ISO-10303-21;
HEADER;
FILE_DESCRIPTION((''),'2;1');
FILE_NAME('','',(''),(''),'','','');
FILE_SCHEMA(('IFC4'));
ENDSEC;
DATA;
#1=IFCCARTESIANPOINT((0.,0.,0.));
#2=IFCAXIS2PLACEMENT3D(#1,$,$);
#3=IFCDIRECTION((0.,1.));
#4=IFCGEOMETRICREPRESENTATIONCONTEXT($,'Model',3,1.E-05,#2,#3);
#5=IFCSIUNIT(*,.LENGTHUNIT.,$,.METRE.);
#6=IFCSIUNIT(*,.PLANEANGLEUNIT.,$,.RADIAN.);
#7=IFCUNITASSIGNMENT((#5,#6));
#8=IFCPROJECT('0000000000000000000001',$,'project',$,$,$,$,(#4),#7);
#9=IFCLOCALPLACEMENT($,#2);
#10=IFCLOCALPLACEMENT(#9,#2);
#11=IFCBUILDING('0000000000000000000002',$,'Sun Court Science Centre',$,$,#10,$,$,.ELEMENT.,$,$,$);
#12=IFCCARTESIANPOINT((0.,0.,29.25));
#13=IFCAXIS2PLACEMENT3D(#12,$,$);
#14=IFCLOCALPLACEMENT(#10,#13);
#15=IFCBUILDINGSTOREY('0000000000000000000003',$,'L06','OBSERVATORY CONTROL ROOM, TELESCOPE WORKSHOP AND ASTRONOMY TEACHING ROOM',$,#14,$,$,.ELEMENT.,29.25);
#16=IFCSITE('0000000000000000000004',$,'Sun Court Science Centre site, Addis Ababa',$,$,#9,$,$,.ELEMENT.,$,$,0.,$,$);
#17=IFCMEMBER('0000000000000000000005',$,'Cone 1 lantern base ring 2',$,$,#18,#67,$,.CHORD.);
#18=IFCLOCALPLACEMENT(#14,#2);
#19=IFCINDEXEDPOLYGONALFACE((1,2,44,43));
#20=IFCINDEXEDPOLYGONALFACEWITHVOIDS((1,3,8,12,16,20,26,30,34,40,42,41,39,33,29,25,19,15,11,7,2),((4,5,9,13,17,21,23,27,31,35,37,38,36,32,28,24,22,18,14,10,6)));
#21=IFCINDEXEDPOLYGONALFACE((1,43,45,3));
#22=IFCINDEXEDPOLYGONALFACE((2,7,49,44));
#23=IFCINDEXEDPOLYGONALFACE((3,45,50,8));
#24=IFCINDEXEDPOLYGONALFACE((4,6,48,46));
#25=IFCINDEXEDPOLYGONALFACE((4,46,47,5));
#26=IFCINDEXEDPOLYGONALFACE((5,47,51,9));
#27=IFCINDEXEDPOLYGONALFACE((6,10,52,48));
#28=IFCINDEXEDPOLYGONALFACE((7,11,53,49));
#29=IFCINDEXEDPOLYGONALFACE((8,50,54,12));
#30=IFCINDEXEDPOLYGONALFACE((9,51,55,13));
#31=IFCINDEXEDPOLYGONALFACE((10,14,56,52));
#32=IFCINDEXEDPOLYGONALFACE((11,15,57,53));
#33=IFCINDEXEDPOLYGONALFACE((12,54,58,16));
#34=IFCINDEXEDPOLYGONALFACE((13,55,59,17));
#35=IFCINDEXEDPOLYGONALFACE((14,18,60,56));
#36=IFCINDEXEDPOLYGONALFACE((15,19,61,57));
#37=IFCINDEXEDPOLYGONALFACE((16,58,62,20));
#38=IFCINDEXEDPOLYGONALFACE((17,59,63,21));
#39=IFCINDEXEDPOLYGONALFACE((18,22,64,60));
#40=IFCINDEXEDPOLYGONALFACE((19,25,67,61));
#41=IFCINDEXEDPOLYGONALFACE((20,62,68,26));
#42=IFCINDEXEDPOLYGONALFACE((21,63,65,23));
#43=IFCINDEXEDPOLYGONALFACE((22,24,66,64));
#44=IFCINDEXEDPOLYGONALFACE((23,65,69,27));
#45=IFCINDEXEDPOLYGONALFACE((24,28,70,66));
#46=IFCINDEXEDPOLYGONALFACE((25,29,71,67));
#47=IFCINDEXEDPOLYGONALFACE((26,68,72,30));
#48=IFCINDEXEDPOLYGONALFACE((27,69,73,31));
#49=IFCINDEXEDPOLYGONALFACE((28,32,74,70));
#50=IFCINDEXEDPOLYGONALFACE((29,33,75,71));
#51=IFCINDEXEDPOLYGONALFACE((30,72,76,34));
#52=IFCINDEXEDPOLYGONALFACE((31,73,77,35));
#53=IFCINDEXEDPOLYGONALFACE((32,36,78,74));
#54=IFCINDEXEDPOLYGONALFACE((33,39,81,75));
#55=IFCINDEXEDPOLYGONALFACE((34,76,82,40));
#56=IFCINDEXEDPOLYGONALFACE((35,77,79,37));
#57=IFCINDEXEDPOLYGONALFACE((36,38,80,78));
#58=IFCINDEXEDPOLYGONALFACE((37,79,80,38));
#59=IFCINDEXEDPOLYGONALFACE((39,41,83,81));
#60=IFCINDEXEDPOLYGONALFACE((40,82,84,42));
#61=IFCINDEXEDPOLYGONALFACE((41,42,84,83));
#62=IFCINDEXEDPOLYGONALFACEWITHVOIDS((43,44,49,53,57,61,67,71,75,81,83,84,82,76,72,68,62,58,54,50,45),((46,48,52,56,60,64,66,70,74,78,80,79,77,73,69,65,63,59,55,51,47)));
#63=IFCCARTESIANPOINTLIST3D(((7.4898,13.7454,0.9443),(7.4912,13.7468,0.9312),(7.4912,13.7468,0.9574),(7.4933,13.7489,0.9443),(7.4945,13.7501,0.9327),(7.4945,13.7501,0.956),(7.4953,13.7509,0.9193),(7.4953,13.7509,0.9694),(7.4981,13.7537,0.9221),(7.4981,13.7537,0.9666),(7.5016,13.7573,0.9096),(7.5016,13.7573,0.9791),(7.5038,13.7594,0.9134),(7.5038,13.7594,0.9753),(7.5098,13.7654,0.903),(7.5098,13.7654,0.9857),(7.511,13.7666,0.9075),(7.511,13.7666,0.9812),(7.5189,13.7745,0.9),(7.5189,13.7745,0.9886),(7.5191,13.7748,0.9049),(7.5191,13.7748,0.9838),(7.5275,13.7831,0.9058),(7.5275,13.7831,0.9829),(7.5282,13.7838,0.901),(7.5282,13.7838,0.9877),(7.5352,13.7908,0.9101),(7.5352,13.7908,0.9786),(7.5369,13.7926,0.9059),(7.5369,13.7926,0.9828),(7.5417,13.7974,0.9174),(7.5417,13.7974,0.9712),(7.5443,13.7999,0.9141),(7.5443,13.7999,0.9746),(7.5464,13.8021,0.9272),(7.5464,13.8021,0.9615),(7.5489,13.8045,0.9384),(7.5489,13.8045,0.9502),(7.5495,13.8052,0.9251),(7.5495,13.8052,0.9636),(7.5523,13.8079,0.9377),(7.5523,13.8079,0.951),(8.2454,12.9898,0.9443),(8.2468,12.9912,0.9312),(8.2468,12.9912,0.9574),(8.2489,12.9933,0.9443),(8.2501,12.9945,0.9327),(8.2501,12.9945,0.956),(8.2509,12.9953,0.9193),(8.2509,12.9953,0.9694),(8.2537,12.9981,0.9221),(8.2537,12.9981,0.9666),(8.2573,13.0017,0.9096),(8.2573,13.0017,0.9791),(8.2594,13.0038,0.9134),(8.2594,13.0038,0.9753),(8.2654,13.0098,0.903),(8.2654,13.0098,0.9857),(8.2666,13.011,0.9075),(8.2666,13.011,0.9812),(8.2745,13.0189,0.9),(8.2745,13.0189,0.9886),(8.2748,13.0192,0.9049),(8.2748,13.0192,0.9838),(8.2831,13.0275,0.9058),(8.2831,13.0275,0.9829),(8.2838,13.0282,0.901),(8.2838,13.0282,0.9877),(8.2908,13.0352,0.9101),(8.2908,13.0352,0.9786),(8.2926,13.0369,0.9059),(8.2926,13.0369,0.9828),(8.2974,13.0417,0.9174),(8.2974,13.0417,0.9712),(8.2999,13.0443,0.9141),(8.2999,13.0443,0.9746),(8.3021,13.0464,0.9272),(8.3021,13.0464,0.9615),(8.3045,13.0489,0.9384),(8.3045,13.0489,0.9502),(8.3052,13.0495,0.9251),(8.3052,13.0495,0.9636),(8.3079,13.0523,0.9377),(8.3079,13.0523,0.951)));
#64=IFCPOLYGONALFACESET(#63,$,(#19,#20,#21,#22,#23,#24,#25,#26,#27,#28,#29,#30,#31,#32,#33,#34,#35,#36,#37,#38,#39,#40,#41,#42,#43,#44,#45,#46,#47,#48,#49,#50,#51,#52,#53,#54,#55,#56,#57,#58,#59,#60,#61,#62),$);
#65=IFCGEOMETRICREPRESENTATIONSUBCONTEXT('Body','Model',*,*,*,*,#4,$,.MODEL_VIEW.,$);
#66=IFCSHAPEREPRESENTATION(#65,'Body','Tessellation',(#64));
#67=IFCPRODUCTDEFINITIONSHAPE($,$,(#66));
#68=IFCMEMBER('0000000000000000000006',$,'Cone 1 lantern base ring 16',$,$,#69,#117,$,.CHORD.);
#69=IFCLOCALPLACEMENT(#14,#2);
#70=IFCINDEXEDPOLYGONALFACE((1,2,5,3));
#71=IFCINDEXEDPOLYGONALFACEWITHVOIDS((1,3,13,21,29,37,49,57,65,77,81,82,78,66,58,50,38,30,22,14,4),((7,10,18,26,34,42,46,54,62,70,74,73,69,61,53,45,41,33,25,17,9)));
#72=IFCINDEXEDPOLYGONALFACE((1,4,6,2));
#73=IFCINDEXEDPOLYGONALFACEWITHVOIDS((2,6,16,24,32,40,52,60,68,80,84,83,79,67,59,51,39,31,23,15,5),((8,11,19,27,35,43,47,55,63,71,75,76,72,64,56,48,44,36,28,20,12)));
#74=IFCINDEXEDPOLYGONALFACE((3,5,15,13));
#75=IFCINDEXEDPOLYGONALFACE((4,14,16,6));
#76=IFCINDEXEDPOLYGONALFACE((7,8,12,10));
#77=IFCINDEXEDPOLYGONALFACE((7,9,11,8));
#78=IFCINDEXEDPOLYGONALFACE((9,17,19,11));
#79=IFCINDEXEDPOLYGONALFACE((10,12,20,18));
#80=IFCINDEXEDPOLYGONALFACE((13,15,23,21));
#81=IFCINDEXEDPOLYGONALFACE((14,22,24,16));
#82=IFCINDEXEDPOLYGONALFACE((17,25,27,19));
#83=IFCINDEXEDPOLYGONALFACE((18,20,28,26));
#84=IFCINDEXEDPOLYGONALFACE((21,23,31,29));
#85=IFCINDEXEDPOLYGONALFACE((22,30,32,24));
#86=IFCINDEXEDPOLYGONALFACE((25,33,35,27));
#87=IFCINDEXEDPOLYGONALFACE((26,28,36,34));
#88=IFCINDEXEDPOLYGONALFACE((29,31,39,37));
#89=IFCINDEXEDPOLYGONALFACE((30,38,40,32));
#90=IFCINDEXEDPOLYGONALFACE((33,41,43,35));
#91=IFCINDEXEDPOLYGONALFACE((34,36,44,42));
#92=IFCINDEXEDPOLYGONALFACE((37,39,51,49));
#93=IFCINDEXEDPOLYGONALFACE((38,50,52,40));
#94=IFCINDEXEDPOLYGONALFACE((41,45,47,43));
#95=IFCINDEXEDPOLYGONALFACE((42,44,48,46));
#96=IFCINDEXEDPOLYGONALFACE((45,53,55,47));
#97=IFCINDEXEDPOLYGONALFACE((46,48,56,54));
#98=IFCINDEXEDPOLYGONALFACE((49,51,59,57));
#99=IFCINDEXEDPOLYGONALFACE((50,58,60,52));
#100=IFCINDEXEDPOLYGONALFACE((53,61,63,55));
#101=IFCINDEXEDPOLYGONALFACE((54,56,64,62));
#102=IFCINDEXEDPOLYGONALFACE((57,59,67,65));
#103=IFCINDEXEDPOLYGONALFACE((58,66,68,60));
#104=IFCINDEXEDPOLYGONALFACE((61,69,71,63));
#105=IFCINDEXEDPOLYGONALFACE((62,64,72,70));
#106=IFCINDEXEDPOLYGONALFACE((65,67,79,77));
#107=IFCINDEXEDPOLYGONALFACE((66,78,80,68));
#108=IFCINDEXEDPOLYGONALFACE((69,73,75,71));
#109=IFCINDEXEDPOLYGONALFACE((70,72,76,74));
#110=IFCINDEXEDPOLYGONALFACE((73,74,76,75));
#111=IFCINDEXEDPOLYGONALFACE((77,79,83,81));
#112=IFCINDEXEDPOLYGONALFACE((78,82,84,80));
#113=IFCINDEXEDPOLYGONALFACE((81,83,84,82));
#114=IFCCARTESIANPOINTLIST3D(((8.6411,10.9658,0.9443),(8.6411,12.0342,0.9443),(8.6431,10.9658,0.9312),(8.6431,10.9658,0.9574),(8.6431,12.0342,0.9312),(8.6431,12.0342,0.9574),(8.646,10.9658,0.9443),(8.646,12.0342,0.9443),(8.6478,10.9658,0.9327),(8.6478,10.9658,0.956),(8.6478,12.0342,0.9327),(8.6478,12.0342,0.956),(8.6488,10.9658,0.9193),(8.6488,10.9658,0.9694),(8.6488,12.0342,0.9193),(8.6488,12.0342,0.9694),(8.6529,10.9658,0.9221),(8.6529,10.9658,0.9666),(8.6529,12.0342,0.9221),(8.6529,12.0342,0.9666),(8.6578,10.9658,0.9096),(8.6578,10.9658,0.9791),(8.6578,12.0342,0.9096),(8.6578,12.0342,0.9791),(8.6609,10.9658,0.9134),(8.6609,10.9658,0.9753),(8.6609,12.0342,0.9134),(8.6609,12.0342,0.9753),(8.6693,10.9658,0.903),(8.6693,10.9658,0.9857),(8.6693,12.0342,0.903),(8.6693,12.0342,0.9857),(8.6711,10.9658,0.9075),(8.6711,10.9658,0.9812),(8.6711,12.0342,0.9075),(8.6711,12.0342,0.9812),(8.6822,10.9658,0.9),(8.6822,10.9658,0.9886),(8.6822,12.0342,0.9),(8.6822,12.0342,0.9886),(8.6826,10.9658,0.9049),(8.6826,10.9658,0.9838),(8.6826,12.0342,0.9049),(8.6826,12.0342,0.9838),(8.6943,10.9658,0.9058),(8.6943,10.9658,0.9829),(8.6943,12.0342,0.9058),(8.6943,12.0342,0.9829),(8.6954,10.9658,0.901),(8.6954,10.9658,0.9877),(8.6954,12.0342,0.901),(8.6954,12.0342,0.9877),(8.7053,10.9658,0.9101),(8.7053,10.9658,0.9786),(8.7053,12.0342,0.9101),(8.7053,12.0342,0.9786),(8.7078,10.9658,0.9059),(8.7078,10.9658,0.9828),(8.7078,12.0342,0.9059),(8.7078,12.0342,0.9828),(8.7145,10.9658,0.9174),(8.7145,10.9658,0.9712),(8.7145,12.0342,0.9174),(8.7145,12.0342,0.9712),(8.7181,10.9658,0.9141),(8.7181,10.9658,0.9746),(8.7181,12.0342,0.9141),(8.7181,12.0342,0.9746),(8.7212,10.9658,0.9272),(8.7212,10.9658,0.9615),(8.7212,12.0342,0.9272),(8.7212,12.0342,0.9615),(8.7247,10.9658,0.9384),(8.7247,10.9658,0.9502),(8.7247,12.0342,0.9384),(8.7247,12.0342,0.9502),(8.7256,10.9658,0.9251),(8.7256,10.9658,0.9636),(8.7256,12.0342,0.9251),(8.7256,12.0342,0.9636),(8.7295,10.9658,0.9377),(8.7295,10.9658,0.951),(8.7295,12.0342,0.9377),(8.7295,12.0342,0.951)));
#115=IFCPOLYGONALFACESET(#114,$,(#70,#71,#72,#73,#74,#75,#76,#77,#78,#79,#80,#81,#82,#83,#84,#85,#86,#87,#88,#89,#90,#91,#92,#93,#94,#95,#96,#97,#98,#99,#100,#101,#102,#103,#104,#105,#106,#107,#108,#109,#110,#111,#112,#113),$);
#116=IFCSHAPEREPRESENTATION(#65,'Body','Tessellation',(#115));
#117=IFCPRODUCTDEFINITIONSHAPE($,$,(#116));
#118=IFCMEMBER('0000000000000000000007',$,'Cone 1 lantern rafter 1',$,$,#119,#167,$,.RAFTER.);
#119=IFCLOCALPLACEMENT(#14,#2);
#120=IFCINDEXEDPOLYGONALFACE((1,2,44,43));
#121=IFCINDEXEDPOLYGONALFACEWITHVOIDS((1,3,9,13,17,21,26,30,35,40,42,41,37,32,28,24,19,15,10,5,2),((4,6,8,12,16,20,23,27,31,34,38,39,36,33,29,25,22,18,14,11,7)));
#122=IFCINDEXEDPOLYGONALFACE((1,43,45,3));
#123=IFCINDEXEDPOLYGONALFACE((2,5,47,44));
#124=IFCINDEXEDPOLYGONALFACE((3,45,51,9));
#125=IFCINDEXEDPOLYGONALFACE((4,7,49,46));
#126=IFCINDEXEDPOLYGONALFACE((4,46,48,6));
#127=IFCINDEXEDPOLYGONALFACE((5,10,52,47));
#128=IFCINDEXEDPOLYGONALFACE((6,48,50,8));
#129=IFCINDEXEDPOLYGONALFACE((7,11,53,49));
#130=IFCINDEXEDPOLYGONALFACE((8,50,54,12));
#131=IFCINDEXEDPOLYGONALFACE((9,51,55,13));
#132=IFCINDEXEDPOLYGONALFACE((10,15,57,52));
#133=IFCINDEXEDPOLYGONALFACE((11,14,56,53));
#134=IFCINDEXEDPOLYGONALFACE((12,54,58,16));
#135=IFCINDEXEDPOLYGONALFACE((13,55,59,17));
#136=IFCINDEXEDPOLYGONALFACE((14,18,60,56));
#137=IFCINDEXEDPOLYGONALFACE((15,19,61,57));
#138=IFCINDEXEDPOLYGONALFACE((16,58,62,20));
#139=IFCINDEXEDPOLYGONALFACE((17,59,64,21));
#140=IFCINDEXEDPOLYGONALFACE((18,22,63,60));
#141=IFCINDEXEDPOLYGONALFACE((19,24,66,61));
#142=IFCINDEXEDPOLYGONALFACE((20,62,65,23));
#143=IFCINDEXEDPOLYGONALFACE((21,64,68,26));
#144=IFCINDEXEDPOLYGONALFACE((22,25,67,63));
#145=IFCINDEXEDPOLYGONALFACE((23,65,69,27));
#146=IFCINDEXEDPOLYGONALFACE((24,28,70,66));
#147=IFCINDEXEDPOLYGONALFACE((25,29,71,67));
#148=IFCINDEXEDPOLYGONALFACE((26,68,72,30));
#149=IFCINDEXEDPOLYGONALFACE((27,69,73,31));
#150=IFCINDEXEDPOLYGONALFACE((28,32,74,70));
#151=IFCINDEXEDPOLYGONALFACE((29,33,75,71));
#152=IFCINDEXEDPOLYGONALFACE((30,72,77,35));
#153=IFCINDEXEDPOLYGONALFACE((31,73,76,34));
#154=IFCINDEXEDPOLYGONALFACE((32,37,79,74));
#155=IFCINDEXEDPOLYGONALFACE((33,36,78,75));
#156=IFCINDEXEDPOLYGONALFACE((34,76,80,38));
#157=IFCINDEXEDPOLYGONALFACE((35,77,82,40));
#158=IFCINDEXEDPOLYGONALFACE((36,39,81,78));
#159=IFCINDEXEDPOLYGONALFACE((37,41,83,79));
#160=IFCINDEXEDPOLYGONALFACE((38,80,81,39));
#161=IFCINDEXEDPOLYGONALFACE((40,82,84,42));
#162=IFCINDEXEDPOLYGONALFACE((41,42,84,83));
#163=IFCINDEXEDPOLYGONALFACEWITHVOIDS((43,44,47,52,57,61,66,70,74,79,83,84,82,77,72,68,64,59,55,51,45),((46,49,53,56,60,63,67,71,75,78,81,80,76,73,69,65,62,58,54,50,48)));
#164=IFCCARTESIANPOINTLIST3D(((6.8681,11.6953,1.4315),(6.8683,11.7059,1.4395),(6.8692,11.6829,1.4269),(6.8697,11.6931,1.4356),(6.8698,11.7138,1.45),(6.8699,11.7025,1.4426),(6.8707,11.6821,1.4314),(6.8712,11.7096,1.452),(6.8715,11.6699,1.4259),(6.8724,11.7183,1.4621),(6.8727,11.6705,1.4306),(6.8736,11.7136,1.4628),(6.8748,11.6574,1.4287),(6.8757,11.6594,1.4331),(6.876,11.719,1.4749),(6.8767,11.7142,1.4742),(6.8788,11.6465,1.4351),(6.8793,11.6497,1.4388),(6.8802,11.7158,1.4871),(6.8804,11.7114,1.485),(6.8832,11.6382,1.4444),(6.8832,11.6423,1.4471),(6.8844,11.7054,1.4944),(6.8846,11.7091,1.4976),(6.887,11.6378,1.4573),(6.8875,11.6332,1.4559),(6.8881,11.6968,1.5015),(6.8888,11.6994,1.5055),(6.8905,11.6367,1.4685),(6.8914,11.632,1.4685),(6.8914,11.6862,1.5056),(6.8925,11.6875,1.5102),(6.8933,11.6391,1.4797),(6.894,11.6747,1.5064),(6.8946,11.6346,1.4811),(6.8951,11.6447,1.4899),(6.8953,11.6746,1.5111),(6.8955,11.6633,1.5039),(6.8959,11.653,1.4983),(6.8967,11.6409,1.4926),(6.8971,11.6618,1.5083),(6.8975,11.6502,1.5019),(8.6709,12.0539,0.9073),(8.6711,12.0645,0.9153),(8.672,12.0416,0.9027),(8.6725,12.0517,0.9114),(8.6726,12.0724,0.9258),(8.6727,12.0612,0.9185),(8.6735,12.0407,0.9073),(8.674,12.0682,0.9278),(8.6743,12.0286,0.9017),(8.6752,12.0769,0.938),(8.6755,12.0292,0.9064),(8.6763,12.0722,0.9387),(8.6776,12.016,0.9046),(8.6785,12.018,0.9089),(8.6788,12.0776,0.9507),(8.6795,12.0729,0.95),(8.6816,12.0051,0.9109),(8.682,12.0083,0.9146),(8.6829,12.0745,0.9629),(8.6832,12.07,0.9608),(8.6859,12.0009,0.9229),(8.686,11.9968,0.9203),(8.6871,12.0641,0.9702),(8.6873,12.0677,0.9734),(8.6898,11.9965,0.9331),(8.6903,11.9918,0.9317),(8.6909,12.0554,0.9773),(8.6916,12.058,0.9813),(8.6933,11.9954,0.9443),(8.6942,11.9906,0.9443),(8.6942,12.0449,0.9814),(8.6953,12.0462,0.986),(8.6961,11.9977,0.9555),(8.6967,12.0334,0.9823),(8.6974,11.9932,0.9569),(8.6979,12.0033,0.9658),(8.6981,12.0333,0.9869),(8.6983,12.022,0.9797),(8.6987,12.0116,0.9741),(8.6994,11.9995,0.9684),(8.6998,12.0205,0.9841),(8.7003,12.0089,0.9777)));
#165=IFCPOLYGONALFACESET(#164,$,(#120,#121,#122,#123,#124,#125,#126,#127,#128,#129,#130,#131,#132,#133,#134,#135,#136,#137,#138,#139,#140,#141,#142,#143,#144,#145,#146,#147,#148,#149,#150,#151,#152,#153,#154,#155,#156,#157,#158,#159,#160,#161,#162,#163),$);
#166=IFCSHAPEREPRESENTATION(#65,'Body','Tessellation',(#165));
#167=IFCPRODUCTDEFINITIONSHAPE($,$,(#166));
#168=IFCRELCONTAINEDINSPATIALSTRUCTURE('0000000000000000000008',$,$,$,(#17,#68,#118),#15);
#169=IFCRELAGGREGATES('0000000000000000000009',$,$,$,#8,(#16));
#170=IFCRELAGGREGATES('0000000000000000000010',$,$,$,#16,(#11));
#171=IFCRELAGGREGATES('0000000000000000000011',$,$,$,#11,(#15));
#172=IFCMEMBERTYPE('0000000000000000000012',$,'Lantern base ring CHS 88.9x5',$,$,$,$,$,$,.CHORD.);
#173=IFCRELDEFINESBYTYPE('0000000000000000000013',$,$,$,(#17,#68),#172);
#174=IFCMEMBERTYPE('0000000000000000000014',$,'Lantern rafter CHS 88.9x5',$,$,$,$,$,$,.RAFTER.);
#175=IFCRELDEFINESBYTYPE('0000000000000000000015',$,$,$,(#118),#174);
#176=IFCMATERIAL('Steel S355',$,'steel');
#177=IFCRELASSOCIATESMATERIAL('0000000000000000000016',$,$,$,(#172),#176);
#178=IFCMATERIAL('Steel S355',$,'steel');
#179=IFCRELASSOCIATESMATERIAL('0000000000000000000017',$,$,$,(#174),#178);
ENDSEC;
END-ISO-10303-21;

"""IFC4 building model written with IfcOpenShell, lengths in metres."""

from ifc_helpers import new_model, si_unit, direction, frame, origin, origin_2d, place, context, subcontext, project, spatial, hollow_circle, extrude, material, material_profile, profile_set, type_object, element, save


model = new_model("IFC4")

# Units and contexts
model_context = context("Model", 3, precision=1e-05, world=origin(), true_north=direction((0.0, 1.0)))
body_context = subcontext(model_context, "Body", "Model", "MODEL_VIEW")
ifc_project = project(units=[si_unit("LENGTHUNIT", "METRE"), si_unit("PLANEANGLEUNIT", "RADIAN")], contexts=[model_context])

# Site, building, storey
site_placement = place(None, origin())
site = spatial("IfcSite", under=ifc_project, at=site_placement, Name="Sun Court Science Centre site, Addis Ababa", CompositionType="ELEMENT", RefElevation=0.0)
building_placement = place(site_placement, origin())
building = spatial("IfcBuilding", under=site, at=building_placement, Name="Sun Court Science Centre", CompositionType="ELEMENT")
storey_placement = place(building_placement, frame((0.0, 0.0, 29.25)))
storey = spatial("IfcBuildingStorey", under=building, at=storey_placement, Name="L06", Description="OBSERVATORY CONTROL ROOM, TELESCOPE WORKSHOP AND ASTRONOMY TEACHING ROOM", CompositionType="ELEMENT", Elevation=29.25)

# Members
ifc_material_1 = material(Name="Steel S355", Category="steel")
ifc_material_profile_1 = material_profile(ifc_material_1, hollow_circle(Radius=0.0444, WallThickness=0.0049, at=origin_2d()), Name="CHS 88.9x5")
ifc_profile_set_1 = profile_set([ifc_material_profile_1], Name="Steel S355")
member_type_1 = type_object("IfcMemberType", Name="Lantern base ring CHS 88.9x5", PredefinedType="CHORD", material=ifc_profile_set_1)
member_1_placement = place(storey_placement, frame((8.2769, 13.0212, 0.9443), z_axis=(-0.707107, 0.707107, 0.0), x_axis=(-0.707107, -0.707107, 0.0)))
element("IfcMember", 1, at=member_1_placement, inside=storey, type_object=member_type_1, Name="Cone 1 lantern base ring 2", PredefinedType="CHORD", context=body_context, shape_type="SweptSolid", body=[
    extrude(hollow_circle(Radius=0.0444, WallThickness=0.0049, at=origin_2d()), origin(), (0.0, 0.0, 1.0), 1.0686),
])
member_2_placement = place(storey_placement, frame((8.6855, 10.9658, 0.9443), z_axis=(0.0, 1.0, 0.0), x_axis=(-1.0, 0.0, 0.0)))
element("IfcMember", 2, at=member_2_placement, inside=storey, type_object=member_type_1, Name="Cone 1 lantern base ring 16", PredefinedType="CHORD", context=body_context, shape_type="SweptSolid", body=[
    extrude(hollow_circle(Radius=0.0444, WallThickness=0.0049, at=origin_2d()), origin(), (0.0, 0.0, 1.0), 1.0684),
])
ifc_material_2 = material(Name="Steel S355", Category="steel")
ifc_material_profile_2 = material_profile(ifc_material_2, hollow_circle(Radius=0.0444, WallThickness=0.0049, at=origin_2d()), Name="CHS 88.9x5")
ifc_profile_set_2 = profile_set([ifc_material_profile_2], Name="Steel S355")
member_type_2 = type_object("IfcMemberType", Name="Lantern rafter CHS 88.9x5", PredefinedType="RAFTER", material=ifc_profile_set_2)
member_3_placement = place(storey_placement, frame((8.6855, 12.0342, 0.9443), z_axis=(-0.943177, -0.187639, 0.274242), x_axis=(0.19512, -0.980779, 0.0)))
element("IfcMember", 3, at=member_3_placement, inside=storey, type_object=member_type_2, Name="Cone 1 lantern rafter 1", PredefinedType="RAFTER", context=body_context, shape_type="SweptSolid", body=[
    extrude(hollow_circle(Radius=0.0444, WallThickness=0.0049, at=origin_2d()), origin(), (0.0, 0.0, 1.0), 1.9114),
])

save(model, "model.ifc")
